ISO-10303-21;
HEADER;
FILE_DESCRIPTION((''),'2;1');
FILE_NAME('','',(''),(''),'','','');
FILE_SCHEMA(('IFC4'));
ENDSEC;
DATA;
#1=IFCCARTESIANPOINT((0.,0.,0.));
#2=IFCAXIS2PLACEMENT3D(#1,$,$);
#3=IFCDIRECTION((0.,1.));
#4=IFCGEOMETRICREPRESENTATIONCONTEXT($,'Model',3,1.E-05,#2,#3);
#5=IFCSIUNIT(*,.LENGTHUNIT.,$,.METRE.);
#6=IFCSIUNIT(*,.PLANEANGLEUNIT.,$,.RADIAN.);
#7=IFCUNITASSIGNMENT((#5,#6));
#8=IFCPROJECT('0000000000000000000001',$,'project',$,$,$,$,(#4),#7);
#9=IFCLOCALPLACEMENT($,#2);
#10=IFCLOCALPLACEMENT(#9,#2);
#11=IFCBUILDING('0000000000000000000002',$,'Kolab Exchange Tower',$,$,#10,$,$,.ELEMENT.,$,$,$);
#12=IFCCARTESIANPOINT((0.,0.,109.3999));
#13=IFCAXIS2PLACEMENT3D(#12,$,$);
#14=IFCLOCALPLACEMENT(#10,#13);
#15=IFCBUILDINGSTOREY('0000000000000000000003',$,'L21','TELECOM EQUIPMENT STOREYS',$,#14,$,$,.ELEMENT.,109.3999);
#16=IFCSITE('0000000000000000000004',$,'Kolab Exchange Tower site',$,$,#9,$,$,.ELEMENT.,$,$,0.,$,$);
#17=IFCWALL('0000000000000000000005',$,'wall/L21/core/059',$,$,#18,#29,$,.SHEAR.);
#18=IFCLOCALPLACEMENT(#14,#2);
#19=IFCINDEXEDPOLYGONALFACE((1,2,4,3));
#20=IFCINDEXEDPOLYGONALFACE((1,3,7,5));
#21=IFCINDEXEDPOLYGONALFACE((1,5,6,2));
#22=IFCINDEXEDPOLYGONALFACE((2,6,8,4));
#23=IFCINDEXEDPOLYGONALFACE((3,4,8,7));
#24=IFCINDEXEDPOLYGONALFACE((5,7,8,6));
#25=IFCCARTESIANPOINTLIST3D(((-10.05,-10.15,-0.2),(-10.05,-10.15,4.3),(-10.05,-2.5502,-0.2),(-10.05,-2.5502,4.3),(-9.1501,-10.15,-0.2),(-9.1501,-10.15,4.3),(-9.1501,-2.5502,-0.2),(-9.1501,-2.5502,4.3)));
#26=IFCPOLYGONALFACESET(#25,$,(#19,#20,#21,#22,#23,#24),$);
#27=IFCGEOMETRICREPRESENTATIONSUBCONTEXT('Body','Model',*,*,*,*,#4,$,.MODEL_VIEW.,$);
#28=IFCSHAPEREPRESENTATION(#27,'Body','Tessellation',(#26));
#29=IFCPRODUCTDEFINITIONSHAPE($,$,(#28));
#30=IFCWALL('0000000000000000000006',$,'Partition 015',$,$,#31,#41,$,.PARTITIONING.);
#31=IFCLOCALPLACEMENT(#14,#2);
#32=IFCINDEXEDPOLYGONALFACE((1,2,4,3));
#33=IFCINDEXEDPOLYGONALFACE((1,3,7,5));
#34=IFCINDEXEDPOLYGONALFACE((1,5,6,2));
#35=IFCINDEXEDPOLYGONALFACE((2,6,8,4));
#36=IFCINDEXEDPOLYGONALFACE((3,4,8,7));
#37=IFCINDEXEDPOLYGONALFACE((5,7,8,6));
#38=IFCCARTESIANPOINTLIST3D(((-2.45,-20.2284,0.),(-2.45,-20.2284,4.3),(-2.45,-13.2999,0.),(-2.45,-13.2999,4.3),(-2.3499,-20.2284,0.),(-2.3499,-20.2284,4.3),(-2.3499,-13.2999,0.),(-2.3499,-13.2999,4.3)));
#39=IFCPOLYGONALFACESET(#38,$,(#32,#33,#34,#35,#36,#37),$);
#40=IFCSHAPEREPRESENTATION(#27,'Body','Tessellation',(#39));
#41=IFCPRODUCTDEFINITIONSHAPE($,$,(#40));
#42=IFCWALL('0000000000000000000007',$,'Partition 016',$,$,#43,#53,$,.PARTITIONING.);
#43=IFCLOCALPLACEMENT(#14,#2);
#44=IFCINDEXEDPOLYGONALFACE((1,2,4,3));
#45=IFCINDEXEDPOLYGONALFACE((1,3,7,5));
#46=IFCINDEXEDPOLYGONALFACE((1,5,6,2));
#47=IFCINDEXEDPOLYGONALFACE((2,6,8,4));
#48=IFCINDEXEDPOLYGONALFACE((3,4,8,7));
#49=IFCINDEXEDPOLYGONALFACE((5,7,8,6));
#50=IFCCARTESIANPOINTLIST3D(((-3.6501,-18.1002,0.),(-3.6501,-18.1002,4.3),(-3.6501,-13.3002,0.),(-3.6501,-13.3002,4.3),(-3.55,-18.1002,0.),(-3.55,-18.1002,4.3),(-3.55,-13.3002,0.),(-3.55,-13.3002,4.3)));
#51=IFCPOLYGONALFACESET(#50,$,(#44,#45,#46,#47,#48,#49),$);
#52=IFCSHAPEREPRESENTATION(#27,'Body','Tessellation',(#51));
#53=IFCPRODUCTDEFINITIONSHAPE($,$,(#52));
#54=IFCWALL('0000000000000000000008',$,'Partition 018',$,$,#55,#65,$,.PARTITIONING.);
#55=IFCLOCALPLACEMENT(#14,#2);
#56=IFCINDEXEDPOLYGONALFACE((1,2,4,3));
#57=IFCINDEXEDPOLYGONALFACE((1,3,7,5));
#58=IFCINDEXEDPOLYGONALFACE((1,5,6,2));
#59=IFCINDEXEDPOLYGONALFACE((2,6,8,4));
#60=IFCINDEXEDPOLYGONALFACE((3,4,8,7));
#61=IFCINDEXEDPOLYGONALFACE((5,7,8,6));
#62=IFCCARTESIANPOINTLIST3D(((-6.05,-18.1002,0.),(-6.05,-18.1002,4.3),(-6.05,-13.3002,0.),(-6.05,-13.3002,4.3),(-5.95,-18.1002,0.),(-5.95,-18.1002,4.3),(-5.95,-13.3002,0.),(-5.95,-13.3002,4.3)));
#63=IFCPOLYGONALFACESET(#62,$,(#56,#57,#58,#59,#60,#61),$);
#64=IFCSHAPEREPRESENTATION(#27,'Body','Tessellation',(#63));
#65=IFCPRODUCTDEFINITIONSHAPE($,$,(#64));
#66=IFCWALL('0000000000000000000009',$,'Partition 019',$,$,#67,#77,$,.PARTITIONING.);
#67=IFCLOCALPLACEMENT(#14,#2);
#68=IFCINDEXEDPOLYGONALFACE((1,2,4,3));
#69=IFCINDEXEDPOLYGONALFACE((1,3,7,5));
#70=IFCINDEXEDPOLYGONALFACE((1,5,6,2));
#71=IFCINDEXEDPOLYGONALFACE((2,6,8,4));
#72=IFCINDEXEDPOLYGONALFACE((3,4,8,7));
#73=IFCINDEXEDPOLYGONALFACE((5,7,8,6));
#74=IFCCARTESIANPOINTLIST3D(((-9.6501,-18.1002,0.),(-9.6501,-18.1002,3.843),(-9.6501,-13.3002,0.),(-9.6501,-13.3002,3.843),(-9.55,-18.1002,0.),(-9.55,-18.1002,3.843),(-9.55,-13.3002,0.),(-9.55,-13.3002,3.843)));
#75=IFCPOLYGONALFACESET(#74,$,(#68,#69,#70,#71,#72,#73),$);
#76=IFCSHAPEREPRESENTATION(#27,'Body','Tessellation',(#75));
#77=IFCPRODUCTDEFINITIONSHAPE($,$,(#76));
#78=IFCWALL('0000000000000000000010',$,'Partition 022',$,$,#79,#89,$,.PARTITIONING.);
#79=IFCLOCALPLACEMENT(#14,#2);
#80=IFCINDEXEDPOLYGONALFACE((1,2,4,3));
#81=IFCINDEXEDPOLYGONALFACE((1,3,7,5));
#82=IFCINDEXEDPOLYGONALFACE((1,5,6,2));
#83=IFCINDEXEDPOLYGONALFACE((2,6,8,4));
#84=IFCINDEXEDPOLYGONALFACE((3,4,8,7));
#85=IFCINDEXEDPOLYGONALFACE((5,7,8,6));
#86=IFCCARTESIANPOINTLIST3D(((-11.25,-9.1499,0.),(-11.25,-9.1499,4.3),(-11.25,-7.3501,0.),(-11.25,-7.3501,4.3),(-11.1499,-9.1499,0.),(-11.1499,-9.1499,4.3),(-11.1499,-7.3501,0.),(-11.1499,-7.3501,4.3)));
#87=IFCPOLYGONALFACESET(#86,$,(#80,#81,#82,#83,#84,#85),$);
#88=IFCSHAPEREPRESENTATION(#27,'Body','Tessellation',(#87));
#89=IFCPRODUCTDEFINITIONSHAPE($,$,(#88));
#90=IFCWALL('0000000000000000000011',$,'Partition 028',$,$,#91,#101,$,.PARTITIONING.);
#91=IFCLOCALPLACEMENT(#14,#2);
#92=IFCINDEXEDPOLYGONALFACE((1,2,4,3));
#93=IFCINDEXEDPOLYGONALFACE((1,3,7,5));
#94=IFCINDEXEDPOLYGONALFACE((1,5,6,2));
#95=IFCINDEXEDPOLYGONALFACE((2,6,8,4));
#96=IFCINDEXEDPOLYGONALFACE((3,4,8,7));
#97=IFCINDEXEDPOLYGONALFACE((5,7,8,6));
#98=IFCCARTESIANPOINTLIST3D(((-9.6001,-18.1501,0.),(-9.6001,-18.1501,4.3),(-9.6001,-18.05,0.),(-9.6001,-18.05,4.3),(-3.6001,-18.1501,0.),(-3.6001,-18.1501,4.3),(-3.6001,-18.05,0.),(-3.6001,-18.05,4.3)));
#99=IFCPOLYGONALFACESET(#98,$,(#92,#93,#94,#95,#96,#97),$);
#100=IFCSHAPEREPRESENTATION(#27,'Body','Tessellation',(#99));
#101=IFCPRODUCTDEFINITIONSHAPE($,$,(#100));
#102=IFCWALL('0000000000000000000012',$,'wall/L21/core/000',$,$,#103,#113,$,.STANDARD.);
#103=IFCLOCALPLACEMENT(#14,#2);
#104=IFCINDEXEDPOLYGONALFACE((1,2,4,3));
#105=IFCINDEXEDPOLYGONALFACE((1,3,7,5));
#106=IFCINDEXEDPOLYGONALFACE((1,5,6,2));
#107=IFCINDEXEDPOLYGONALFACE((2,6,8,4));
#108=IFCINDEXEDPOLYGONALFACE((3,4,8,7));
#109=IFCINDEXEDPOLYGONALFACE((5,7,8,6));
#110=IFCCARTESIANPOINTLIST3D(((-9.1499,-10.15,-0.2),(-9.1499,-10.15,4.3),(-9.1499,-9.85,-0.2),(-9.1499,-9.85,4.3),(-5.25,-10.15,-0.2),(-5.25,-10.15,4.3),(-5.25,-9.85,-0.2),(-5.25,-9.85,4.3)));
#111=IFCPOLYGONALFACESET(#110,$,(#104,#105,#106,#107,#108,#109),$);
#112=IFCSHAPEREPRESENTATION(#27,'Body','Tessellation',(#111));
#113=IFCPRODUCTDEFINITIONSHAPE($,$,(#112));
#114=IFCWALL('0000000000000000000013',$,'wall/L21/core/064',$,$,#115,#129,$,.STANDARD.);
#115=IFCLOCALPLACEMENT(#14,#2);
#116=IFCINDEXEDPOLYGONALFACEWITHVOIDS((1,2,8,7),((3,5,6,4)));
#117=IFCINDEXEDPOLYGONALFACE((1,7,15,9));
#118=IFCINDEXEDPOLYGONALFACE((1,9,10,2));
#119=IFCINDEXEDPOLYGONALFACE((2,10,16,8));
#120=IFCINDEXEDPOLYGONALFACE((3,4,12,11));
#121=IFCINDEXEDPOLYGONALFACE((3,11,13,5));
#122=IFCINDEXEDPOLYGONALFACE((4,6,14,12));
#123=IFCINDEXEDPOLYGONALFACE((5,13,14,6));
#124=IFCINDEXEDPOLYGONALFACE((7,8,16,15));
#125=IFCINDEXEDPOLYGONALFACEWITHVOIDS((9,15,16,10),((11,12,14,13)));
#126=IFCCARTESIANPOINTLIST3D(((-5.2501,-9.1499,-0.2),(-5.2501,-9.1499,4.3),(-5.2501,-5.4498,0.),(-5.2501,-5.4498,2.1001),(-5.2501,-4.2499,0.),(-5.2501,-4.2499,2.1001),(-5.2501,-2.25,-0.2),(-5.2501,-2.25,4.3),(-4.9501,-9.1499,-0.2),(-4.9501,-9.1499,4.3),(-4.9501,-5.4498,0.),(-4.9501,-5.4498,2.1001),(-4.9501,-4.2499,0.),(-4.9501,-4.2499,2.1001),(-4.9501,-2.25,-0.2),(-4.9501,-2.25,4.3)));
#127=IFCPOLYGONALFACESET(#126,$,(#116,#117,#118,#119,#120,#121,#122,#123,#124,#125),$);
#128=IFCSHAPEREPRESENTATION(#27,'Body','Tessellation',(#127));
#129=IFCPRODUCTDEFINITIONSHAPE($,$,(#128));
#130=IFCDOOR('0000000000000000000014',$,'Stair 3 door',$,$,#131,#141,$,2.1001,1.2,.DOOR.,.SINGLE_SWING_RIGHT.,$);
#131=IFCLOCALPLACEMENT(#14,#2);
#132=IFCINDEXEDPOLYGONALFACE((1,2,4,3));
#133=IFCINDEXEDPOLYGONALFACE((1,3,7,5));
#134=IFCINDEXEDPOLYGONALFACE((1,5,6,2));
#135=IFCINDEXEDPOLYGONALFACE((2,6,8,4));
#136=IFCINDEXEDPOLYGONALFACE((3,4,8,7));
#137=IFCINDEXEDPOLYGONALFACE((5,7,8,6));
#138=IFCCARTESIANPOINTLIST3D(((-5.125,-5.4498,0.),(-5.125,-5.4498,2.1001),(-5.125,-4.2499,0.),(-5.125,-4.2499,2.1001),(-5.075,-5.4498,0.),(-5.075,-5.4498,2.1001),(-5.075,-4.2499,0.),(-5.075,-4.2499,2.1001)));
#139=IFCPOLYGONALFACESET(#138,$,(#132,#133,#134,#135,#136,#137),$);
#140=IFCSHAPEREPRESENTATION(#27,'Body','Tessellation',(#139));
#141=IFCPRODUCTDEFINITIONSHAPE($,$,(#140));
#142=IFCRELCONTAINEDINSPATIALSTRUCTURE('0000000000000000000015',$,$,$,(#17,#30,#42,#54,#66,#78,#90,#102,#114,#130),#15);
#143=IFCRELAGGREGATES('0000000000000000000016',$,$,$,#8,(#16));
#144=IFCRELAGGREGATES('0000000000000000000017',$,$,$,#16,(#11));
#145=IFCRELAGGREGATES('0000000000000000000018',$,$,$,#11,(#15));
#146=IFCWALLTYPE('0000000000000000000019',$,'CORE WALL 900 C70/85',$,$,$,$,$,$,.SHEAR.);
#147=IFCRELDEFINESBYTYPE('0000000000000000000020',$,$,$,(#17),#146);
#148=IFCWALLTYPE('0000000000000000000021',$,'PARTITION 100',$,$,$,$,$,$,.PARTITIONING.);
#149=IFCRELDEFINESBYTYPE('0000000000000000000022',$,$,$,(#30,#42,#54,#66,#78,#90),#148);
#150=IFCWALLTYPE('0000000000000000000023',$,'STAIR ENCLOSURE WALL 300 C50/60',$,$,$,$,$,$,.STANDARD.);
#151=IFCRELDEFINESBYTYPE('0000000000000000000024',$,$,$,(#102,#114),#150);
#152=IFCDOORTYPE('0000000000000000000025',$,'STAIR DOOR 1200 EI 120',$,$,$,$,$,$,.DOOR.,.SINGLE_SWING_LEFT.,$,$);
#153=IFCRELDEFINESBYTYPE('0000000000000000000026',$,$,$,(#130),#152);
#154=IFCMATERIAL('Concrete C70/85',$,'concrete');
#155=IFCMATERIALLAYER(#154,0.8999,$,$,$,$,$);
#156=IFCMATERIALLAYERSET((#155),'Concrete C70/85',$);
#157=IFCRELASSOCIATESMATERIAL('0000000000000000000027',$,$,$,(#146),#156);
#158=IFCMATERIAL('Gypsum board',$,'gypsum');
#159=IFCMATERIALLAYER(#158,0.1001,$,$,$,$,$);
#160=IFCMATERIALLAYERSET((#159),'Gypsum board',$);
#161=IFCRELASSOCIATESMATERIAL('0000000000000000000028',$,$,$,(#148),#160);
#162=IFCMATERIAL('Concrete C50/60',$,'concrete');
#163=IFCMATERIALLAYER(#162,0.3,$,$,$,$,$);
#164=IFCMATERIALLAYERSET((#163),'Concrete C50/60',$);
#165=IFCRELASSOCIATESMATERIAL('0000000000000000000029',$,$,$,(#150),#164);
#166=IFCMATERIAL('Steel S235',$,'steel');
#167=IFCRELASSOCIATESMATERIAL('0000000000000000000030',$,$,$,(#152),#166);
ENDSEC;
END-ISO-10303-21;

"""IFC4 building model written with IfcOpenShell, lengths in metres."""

from ifc_helpers import new_model, si_unit, direction, frame, frame_2d, origin, place, context, subcontext, project, spatial, rectangle, extrude, material, layer, layer_set, type_object, element, fill, save


model = new_model("IFC4")

# Units and contexts
model_context = context("Model", 3, precision=1e-05, world=origin(), true_north=direction((0.0, 1.0)))
body_context = subcontext(model_context, "Body", "Model", "MODEL_VIEW")
ifc_project = project(units=[si_unit("LENGTHUNIT", "METRE"), si_unit("PLANEANGLEUNIT", "RADIAN")], contexts=[model_context])

# Site, building, storey
site_placement = place(None, origin())
site = spatial("IfcSite", under=ifc_project, at=site_placement, Name="Kolab Exchange Tower site", CompositionType="ELEMENT", RefElevation=0.0)
building_placement = place(site_placement, origin())
building = spatial("IfcBuilding", under=site, at=building_placement, Name="Kolab Exchange Tower", CompositionType="ELEMENT")
storey_placement = place(building_placement, frame((0.0, 0.0, 109.3999)))
storey = spatial("IfcBuildingStorey", under=building, at=storey_placement, Name="L21", Description="TELECOM EQUIPMENT STOREYS", CompositionType="ELEMENT", Elevation=109.3999)

# Shared definitions
ifc_material_1 = material(Name="Concrete C70/85", Category="concrete")

# Shared definitions
ifc_layer_1 = layer(ifc_material_1, 0.8999)
ifc_layer_set_1 = layer_set([ifc_layer_1], Name="Concrete C70/85")
wall_type_1 = type_object("IfcWallType", Name="CORE WALL 900 C70/85", PredefinedType="SHEAR", material=ifc_layer_set_1)
ifc_material_2 = material(Name="Steel S235", Category="steel")

# Walls
wall_1_placement = place(storey_placement, frame((-9.6001, -10.1499, -0.2), z_axis=(0.0, 0.0, 1.0), x_axis=(0.0, 1.0, 0.0)))
element("IfcWall", 1, at=wall_1_placement, inside=storey, type_object=wall_type_1, Name="wall/L21/core/059", PredefinedType="SHEAR", context=body_context, shape_type="SweptSolid", body=[
    extrude(rectangle(XDim=7.5999, YDim=0.8999, at=frame_2d((3.7998, 0.0))), origin(), (0.0, 0.0, 1.0), 4.5),
])
ifc_material_3 = material(Name="Gypsum board", Category="gypsum")
ifc_layer_2 = layer(ifc_material_3, 0.1001)
ifc_layer_set_2 = layer_set([ifc_layer_2], Name="Gypsum board")
wall_type_2 = type_object("IfcWallType", Name="PARTITION 100", PredefinedType="PARTITIONING", material=ifc_layer_set_2)
wall_2_placement = place(storey_placement, frame((-2.3999, -20.2285, 0.0), z_axis=(0.0, 0.0, 1.0), x_axis=(0.0, 1.0, 0.0)))
element("IfcWall", 2, at=wall_2_placement, inside=storey, type_object=wall_type_2, Name="Partition 015", PredefinedType="PARTITIONING", context=body_context, shape_type="SweptSolid", body=[
    extrude(rectangle(XDim=6.9285, YDim=0.1001, at=frame_2d((3.4644, 0.0))), origin(), (0.0, 0.0, 1.0), 4.3),
])
for number, where, z_axis, x_axis, name in (
    (3, (-3.6001, -18.1001, 0.0), (0.0, 0.0, 1.0), (0.0, 1.0, 0.0), "Partition 016"),
    (4, (-6.0, -18.1001, 0.0), (0.0, 0.0, 1.0), (0.0, 1.0, 0.0), "Partition 018"),
):
    element("IfcWall", number, at=place(storey_placement, frame(where, z_axis=z_axis, x_axis=x_axis)), inside=storey, type_object=wall_type_2, Name=name, PredefinedType="PARTITIONING", context=body_context, shape_type="SweptSolid", body=[
        extrude(rectangle(XDim=4.8, YDim=0.1001, at=frame_2d((2.3999, 0.0))), origin(), (0.0, 0.0, 1.0), 4.3),
    ])
wall_3_placement = place(storey_placement, frame((-9.6001, -18.1001, 0.0), z_axis=(0.0, 0.0, 1.0), x_axis=(0.0, 1.0, 0.0)))
element("IfcWall", 5, at=wall_3_placement, inside=storey, type_object=wall_type_2, Name="Partition 019", PredefinedType="PARTITIONING", context=body_context, shape_type="SweptSolid", body=[
    extrude(rectangle(XDim=4.8, YDim=0.1001, at=frame_2d((2.3999, 0.0))), origin(), (0.0, 0.0, 1.0), 3.843),
])
wall_4_placement = place(storey_placement, frame((-11.2, -9.1499, 0.0), z_axis=(0.0, 0.0, 1.0), x_axis=(0.0, 1.0, 0.0)))
element("IfcWall", 6, at=wall_4_placement, inside=storey, type_object=wall_type_2, Name="Partition 022", PredefinedType="PARTITIONING", context=body_context, shape_type="SweptSolid", body=[
    extrude(rectangle(XDim=1.7998, YDim=0.1001, at=frame_2d((0.8999, 0.0))), origin(), (0.0, 0.0, 1.0), 4.3),
])
wall_5_placement = place(storey_placement, frame((-9.6001, -18.1001, 0.0), z_axis=(0.0, 0.0, 1.0), x_axis=(1.0, 0.0, 0.0)))
element("IfcWall", 7, at=wall_5_placement, inside=storey, type_object=wall_type_2, Name="Partition 028", PredefinedType="PARTITIONING", context=body_context, shape_type="SweptSolid", body=[
    extrude(rectangle(XDim=6.0, YDim=0.1001, at=frame_2d((3.0, 0.0))), origin(), (0.0, 0.0, 1.0), 4.3),
])
ifc_material_4 = material(Name="Concrete C50/60", Category="concrete")
ifc_layer_3 = layer(ifc_material_4, 0.3)
ifc_layer_set_3 = layer_set([ifc_layer_3], Name="Concrete C50/60")
wall_type_3 = type_object("IfcWallType", Name="STAIR ENCLOSURE WALL 300 C50/60", PredefinedType="STANDARD", material=ifc_layer_set_3)
wall_6_placement = place(storey_placement, frame((-9.1499, -10.0, -0.2), z_axis=(0.0, 0.0, 1.0), x_axis=(1.0, 0.0, 0.0)))
element("IfcWall", 8, at=wall_6_placement, inside=storey, type_object=wall_type_3, Name="wall/L21/core/000", PredefinedType="STANDARD", context=body_context, shape_type="SweptSolid", body=[
    extrude(rectangle(XDim=3.8999, YDim=0.3, at=frame_2d((1.95, 0.0))), origin(), (0.0, 0.0, 1.0), 4.5),
])

# Wall, opening, door
wall_7_placement = place(storey_placement, frame((-5.1001, -9.1499, -0.2), z_axis=(0.0, 0.0, 1.0), x_axis=(0.0, 1.0, 0.0)))
wall_7 = element("IfcWall", 9, at=wall_7_placement, inside=storey, type_object=wall_type_3, Name="wall/L21/core/064", PredefinedType="STANDARD", context=body_context, shape_type="SweptSolid", body=[
    extrude(rectangle(XDim=6.8999, YDim=0.3, at=frame_2d((3.45, 0.0))), origin(), (0.0, 0.0, 1.0), 4.5),
])
opening_1_placement = place(wall_7_placement, frame((3.7, 0.0, 0.2)))
opening_1 = element("IfcOpeningElement", 10, at=opening_1_placement, cuts=wall_7, PredefinedType="OPENING", context=body_context, shape_type="SweptSolid", body=[
    extrude(rectangle(XDim=1.2, YDim=2.1001, at=frame_2d((0.6001, 1.05))), frame((0.0, 0.1602, 0.0), z_axis=(0.0, -1.0, 0.0), x_axis=(1.0, 0.0, 0.0)), (0.0, 0.0, 1.0), 0.3201),
])
door_type_1 = type_object("IfcDoorType", Name="STAIR DOOR 1200 EI 120", OperationType="SINGLE_SWING_LEFT", PredefinedType="DOOR", material=ifc_material_2)
door_1_placement = place(opening_1_placement, origin())
door_1 = element("IfcDoor", 11, at=door_1_placement, inside=storey, type_object=door_type_1, Name="Stair 3 door", OperationType="SINGLE_SWING_RIGHT", OverallHeight=2.1001, OverallWidth=1.2, PredefinedType="DOOR", context=body_context, shape_type="SweptSolid", body=[
    extrude(rectangle(XDim=1.2, YDim=2.1001, at=frame_2d((0.6001, 1.05))), frame((0.0, 0.0249, 0.0), z_axis=(0.0, -1.0, 0.0), x_axis=(1.0, 0.0, 0.0)), (0.0, 0.0, 1.0), 0.05),
])
fill(opening_1, door_1)

save(model, "model.ifc")
